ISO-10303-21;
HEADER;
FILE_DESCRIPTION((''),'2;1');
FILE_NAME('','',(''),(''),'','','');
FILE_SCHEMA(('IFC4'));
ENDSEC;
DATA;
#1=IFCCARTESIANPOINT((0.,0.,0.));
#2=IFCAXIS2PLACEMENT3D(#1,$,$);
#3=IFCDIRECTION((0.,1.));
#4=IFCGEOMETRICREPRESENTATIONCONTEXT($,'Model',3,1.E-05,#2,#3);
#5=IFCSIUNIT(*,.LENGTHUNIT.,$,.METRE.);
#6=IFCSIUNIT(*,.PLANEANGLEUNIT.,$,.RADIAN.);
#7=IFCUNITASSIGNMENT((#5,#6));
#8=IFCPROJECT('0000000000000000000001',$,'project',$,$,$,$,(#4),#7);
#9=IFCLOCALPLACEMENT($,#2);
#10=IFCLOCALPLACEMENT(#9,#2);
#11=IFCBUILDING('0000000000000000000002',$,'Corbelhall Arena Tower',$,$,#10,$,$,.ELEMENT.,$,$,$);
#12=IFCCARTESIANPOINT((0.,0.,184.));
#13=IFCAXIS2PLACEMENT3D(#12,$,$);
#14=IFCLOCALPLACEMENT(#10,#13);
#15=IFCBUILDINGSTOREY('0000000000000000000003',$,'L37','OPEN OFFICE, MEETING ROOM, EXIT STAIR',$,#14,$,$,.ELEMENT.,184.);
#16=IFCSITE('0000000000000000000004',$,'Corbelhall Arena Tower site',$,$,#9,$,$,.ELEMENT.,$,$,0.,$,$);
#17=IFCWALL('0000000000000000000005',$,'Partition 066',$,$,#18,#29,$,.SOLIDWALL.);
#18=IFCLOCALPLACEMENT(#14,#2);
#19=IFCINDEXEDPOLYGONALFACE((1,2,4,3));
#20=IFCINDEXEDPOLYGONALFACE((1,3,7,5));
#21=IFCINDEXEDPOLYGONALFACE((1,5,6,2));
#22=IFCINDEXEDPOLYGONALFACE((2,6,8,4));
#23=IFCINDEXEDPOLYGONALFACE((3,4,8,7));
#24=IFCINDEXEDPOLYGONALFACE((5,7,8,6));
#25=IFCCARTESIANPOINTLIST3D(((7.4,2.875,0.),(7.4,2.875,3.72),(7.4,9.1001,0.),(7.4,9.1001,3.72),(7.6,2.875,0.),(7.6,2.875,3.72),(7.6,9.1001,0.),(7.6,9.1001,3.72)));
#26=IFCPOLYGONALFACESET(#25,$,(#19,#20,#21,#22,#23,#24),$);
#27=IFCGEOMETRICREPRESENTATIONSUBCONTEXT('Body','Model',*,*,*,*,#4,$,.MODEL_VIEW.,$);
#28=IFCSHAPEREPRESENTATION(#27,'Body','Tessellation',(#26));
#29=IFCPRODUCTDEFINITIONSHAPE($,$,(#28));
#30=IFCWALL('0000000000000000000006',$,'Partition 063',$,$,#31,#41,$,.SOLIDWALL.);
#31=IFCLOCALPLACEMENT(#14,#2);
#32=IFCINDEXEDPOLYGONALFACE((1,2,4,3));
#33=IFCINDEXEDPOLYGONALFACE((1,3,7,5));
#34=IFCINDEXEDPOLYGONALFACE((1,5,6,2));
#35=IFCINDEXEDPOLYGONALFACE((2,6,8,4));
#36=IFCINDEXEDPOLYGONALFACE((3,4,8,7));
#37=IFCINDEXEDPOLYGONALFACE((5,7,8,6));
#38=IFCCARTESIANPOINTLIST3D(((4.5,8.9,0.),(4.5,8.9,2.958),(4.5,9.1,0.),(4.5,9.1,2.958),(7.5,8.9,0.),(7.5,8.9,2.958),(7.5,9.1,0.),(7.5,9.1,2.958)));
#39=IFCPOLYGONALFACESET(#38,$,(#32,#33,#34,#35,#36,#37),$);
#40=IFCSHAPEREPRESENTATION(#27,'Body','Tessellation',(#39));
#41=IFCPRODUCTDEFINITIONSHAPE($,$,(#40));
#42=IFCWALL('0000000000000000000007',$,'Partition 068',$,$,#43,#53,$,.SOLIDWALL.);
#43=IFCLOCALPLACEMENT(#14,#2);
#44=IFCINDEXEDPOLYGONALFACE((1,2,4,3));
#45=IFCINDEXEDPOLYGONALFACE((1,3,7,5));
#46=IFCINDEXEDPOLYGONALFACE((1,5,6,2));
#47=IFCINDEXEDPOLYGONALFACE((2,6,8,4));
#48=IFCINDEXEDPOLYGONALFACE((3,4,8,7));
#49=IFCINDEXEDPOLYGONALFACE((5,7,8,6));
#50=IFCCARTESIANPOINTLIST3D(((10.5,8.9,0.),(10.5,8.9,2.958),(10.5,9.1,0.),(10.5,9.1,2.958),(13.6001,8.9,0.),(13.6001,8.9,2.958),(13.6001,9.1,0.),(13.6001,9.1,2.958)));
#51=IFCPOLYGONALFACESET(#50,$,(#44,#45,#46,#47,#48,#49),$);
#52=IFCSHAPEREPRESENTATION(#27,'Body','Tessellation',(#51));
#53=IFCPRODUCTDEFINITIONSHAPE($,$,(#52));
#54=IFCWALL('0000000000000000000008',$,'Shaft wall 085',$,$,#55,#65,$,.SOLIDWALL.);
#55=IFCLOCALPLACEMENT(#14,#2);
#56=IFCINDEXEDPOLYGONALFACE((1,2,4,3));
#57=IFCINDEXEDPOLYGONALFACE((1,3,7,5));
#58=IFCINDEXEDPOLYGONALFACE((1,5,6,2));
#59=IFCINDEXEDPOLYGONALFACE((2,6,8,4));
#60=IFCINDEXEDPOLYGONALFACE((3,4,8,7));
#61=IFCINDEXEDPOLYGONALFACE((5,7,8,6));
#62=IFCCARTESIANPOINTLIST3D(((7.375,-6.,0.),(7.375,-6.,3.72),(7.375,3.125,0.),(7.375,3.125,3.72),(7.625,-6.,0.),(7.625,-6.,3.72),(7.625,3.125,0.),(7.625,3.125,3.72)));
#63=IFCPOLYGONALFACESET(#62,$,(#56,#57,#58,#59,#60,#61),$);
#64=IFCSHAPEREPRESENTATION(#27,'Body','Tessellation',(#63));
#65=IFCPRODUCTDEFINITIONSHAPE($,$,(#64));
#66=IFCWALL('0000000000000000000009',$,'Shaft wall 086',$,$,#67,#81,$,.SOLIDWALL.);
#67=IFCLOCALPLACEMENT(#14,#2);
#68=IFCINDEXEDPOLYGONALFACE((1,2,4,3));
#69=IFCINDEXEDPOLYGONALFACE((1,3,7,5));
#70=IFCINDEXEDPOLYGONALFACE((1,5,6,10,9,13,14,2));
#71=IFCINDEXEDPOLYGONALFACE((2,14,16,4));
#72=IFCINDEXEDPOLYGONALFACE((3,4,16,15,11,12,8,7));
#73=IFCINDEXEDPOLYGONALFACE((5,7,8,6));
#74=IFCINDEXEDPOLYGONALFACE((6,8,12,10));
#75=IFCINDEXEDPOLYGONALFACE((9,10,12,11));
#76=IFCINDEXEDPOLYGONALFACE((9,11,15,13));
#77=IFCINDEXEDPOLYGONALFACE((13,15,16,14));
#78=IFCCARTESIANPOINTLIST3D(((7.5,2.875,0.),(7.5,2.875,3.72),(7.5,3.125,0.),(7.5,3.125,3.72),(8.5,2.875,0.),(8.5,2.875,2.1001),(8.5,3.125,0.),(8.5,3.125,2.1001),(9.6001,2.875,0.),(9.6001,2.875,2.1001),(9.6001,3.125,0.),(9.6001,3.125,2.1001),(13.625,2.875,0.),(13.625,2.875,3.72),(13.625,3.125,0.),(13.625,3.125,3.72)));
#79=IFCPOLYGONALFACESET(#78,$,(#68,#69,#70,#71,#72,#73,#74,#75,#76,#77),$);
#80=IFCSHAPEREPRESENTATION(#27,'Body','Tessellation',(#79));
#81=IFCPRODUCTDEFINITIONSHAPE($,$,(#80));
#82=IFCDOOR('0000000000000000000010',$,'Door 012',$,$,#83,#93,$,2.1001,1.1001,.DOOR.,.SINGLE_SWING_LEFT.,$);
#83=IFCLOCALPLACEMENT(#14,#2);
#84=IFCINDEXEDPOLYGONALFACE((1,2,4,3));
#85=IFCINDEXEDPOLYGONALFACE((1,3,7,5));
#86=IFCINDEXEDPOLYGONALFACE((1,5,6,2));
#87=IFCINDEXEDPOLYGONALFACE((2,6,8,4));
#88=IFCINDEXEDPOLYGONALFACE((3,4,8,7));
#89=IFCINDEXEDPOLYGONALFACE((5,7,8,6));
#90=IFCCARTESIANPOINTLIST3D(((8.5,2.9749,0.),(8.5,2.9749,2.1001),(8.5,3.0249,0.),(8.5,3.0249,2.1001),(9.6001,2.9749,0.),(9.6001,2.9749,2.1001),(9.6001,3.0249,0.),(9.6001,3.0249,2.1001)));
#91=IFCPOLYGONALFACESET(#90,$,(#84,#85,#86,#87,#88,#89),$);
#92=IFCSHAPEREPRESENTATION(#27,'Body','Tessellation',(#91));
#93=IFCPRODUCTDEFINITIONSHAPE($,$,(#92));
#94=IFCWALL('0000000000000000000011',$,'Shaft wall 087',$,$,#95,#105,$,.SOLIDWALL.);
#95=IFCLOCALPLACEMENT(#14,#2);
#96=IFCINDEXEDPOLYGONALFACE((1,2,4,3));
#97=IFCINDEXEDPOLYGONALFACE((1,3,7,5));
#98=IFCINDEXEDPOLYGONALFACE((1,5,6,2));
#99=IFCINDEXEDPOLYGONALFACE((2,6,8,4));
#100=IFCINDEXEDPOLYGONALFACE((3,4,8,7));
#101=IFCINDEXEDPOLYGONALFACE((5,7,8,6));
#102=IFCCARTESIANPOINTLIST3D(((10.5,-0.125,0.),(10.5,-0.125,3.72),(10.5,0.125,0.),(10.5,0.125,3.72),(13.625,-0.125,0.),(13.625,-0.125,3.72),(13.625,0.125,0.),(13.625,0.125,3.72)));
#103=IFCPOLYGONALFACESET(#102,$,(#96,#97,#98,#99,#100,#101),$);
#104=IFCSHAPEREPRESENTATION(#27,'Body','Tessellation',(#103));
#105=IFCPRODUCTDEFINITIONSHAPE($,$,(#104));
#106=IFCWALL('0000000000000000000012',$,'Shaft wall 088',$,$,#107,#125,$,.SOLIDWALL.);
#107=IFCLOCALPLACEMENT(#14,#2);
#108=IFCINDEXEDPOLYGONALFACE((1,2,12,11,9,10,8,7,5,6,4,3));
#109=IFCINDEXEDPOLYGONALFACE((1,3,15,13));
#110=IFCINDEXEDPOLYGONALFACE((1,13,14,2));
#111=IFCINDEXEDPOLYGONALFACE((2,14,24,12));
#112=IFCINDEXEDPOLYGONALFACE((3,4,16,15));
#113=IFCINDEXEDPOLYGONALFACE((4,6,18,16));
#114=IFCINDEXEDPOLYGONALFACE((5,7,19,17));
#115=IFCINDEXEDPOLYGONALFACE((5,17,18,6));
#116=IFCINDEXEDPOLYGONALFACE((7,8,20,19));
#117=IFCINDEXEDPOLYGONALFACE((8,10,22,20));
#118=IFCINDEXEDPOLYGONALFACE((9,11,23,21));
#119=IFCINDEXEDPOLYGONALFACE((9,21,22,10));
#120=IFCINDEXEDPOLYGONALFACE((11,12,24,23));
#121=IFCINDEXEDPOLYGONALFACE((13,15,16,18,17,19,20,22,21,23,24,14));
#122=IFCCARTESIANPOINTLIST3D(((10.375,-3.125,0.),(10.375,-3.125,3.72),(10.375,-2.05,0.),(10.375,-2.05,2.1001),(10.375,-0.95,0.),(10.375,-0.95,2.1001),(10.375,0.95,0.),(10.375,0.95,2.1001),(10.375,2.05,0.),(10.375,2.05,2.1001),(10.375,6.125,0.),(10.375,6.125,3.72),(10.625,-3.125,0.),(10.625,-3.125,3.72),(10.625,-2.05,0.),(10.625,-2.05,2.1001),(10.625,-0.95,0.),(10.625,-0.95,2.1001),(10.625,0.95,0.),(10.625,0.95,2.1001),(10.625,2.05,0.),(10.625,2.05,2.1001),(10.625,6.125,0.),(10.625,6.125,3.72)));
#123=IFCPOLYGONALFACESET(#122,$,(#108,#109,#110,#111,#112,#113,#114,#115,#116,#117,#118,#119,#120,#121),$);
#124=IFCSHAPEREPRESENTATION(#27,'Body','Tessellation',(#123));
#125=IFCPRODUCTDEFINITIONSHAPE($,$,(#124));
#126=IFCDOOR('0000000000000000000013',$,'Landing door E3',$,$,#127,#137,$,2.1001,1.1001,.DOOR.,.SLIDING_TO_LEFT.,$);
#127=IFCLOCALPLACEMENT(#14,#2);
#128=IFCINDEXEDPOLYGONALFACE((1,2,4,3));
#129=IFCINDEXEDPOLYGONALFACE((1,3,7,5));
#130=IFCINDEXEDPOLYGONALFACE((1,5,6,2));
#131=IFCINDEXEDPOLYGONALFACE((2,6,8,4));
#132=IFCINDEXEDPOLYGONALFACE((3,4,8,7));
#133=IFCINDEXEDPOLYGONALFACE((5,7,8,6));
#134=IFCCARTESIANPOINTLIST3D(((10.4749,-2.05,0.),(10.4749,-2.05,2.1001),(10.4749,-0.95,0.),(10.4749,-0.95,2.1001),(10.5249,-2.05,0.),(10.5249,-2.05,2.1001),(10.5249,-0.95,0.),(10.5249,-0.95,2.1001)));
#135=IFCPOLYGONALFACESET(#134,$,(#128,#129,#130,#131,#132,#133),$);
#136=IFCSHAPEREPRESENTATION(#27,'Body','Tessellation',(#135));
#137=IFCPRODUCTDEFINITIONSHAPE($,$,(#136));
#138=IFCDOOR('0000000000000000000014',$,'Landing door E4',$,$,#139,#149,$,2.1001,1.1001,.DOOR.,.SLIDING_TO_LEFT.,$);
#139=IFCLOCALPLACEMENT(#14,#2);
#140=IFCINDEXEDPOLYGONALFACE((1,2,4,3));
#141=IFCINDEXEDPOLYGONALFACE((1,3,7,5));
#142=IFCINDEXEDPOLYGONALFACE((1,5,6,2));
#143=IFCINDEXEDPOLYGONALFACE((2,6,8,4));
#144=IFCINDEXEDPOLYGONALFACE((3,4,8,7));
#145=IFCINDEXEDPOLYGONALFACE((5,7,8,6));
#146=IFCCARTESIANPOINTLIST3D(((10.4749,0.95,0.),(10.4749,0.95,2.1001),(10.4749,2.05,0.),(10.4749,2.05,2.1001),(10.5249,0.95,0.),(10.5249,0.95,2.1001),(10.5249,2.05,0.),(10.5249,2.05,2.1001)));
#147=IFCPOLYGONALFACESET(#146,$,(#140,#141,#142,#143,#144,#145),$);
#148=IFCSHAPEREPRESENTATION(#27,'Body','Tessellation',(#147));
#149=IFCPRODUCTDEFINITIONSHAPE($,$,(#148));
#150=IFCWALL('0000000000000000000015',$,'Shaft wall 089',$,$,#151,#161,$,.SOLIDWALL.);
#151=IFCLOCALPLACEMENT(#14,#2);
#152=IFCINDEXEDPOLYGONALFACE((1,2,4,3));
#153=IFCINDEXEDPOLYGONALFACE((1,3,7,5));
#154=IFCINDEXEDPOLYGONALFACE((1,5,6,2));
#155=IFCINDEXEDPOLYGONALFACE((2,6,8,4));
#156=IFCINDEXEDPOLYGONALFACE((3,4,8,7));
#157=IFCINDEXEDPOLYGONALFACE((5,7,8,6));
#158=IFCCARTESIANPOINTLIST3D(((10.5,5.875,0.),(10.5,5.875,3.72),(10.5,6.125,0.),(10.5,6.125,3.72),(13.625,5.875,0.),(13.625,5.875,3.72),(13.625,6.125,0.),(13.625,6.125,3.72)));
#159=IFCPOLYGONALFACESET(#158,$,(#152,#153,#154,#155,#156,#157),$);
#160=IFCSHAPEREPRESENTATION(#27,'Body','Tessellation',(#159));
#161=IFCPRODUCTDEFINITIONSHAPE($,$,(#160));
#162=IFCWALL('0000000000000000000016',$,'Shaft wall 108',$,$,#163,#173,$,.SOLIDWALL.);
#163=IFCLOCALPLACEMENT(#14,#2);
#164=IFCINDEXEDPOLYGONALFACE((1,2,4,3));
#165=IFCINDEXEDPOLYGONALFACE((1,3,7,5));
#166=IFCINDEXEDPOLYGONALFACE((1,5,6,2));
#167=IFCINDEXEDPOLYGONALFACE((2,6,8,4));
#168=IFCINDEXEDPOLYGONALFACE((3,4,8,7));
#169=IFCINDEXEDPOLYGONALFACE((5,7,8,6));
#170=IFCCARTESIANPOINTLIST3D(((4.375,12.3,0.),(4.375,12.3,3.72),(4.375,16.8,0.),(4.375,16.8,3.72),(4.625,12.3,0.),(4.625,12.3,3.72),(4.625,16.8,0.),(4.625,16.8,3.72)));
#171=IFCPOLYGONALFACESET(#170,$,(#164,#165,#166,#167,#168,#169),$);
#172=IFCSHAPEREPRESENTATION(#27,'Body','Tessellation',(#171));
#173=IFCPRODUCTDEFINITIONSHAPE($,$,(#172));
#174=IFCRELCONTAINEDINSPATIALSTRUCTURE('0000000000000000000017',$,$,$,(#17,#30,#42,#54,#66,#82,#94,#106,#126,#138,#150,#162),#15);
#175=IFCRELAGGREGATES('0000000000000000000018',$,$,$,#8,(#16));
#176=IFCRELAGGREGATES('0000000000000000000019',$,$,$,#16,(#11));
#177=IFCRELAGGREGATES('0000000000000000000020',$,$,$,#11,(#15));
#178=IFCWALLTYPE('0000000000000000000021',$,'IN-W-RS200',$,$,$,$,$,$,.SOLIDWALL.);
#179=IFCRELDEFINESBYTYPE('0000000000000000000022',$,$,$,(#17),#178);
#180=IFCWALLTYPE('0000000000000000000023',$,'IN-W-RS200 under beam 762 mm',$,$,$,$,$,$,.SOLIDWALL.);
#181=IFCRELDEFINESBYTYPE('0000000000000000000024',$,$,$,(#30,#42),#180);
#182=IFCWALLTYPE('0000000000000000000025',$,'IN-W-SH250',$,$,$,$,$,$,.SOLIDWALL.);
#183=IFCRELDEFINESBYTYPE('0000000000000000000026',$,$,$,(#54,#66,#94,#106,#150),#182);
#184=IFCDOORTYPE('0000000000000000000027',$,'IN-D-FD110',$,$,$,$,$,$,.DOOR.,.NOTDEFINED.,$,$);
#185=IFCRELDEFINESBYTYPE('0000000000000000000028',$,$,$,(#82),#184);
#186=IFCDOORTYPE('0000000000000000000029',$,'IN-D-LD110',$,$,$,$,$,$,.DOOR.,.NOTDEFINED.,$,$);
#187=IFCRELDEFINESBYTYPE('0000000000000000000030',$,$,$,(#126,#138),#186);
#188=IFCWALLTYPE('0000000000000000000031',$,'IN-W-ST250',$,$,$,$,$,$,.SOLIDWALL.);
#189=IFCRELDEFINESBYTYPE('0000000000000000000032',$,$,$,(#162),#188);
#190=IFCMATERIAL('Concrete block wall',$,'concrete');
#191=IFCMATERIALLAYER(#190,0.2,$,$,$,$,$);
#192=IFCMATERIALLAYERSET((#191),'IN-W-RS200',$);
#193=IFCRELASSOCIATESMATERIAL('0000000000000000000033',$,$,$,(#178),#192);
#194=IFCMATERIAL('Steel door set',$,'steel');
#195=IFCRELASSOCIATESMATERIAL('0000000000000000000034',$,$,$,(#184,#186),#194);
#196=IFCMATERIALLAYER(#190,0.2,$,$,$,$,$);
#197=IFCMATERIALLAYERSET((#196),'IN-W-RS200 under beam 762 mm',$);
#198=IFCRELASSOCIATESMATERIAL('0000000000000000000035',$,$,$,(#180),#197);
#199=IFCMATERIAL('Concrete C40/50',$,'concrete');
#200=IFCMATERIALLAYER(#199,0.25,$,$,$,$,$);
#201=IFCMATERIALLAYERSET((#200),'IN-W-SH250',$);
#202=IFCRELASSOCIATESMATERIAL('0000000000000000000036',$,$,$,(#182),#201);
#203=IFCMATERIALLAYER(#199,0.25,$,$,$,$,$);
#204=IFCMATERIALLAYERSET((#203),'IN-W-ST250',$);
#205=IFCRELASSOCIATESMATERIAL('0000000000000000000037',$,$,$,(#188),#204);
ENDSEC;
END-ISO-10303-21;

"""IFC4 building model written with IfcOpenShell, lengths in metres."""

from ifc_helpers import new_model, si_unit, direction, frame, frame_2d, origin, place, context, subcontext, project, spatial, rectangle, extrude, material, layer, layer_set, type_object, element, fill, save


model = new_model("IFC4")

# Units and contexts
model_context = context("Model", 3, precision=1e-05, world=origin(), true_north=direction((0.0, 1.0)))
body_context = subcontext(model_context, "Body", "Model", "MODEL_VIEW")
ifc_project = project(units=[si_unit("LENGTHUNIT", "METRE"), si_unit("PLANEANGLEUNIT", "RADIAN")], contexts=[model_context])

# Site, building, storey
site_placement = place(None, origin())
site = spatial("IfcSite", under=ifc_project, at=site_placement, Name="Corbelhall Arena Tower site", CompositionType="ELEMENT", RefElevation=0.0)
building_placement = place(site_placement, origin())
building = spatial("IfcBuilding", under=site, at=building_placement, Name="Corbelhall Arena Tower", CompositionType="ELEMENT")
storey_placement = place(building_placement, frame((0.0, 0.0, 184.0)))
storey = spatial("IfcBuildingStorey", under=building, at=storey_placement, Name="L37", Description="OPEN OFFICE, MEETING ROOM, EXIT STAIR", CompositionType="ELEMENT", Elevation=184.0)

# Wall
ifc_material_1 = material(Name="Concrete block wall", Category="concrete")
ifc_layer_1 = layer(ifc_material_1, 0.2)
ifc_layer_set_1 = layer_set([ifc_layer_1], Name="IN-W-RS200")
wall_type_1 = type_object("IfcWallType", Name="IN-W-RS200", PredefinedType="SOLIDWALL", material=ifc_layer_set_1)
wall_1_placement = place(storey_placement, frame((7.5, 9.1001, 0.0), z_axis=(0.0, 0.0, 1.0), x_axis=(0.0, -1.0, 0.0)))
element("IfcWall", 1, at=wall_1_placement, inside=storey, type_object=wall_type_1, Name="Partition 066", PredefinedType="SOLIDWALL", context=body_context, shape_type="SweptSolid", body=[
    extrude(rectangle(XDim=6.2251, YDim=0.2, at=frame_2d((3.1125, 0.0))), origin(), (0.0, 0.0, 1.0), 3.72),
])

# Shared definitions
ifc_material_2 = material(Name="Steel door set", Category="steel")
door_type_1 = type_object("IfcDoorType", Name="IN-D-FD110", OperationType="NOTDEFINED", PredefinedType="DOOR", material=ifc_material_2)

# Walls
ifc_layer_2 = layer(ifc_material_1, 0.2)
ifc_layer_set_2 = layer_set([ifc_layer_2], Name="IN-W-RS200 under beam 762 mm")
wall_type_2 = type_object("IfcWallType", Name="IN-W-RS200 under beam 762 mm", PredefinedType="SOLIDWALL", material=ifc_layer_set_2)
wall_2_placement = place(storey_placement, frame((4.5, 9.0, 0.0), z_axis=(0.0, 0.0, 1.0), x_axis=(1.0, 0.0, 0.0)))
element("IfcWall", 2, at=wall_2_placement, inside=storey, type_object=wall_type_2, Name="Partition 063", PredefinedType="SOLIDWALL", context=body_context, shape_type="SweptSolid", body=[
    extrude(rectangle(XDim=3.0, YDim=0.2, at=frame_2d((1.5, 0.0))), origin(), (0.0, 0.0, 1.0), 2.958),
])
wall_3_placement = place(storey_placement, frame((10.5, 9.0, 0.0), z_axis=(0.0, 0.0, 1.0), x_axis=(1.0, 0.0, 0.0)))
element("IfcWall", 3, at=wall_3_placement, inside=storey, type_object=wall_type_2, Name="Partition 068", PredefinedType="SOLIDWALL", context=body_context, shape_type="SweptSolid", body=[
    extrude(rectangle(XDim=3.1001, YDim=0.2, at=frame_2d((1.55, 0.0))), origin(), (0.0, 0.0, 1.0), 2.958),
])
ifc_material_3 = material(Name="Concrete C40/50", Category="concrete")
ifc_layer_3 = layer(ifc_material_3, 0.25)
ifc_layer_set_3 = layer_set([ifc_layer_3], Name="IN-W-SH250")
wall_type_3 = type_object("IfcWallType", Name="IN-W-SH250", PredefinedType="SOLIDWALL", material=ifc_layer_set_3)
wall_4_placement = place(storey_placement, frame((7.5, 3.125, 0.0), z_axis=(0.0, 0.0, 1.0), x_axis=(0.0, -1.0, 0.0)))
element("IfcWall", 4, at=wall_4_placement, inside=storey, type_object=wall_type_3, Name="Shaft wall 085", PredefinedType="SOLIDWALL", context=body_context, shape_type="SweptSolid", body=[
    extrude(rectangle(XDim=9.125, YDim=0.25, at=frame_2d((4.5625, 0.0))), origin(), (0.0, 0.0, 1.0), 3.72),
])

# Wall, opening, door
wall_5_placement = place(storey_placement, frame((7.5, 3.0, 0.0), z_axis=(0.0, 0.0, 1.0), x_axis=(1.0, 0.0, 0.0)))
wall_5 = element("IfcWall", 5, at=wall_5_placement, inside=storey, type_object=wall_type_3, Name="Shaft wall 086", PredefinedType="SOLIDWALL", context=body_context, shape_type="SweptSolid", body=[
    extrude(rectangle(XDim=6.125, YDim=0.25, at=frame_2d((3.0625, 0.0))), origin(), (0.0, 0.0, 1.0), 3.72),
])
opening_1_placement = place(wall_5_placement, frame((1.0, 0.0, 0.0)))
opening_1 = element("IfcOpeningElement", 6, at=opening_1_placement, cuts=wall_5, PredefinedType="OPENING", context=body_context, shape_type="SweptSolid", body=[
    extrude(rectangle(XDim=1.1001, YDim=2.1001, at=frame_2d((0.55, 1.05))), frame((0.0, 0.125, 0.0), z_axis=(0.0, -1.0, 0.0), x_axis=(1.0, 0.0, 0.0)), (0.0, 0.0, 1.0), 0.25),
])
door_1_placement = place(opening_1_placement, origin())
door_1 = element("IfcDoor", 7, at=door_1_placement, inside=storey, type_object=door_type_1, Name="Door 012", OperationType="SINGLE_SWING_LEFT", OverallHeight=2.1001, OverallWidth=1.1001, PredefinedType="DOOR", context=body_context, shape_type="SweptSolid", body=[
    extrude(rectangle(XDim=1.1001, YDim=2.1001, at=frame_2d((0.55, 1.05))), frame((0.0, 0.0249, 0.0), z_axis=(0.0, -1.0, 0.0), x_axis=(1.0, 0.0, 0.0)), (0.0, 0.0, 1.0), 0.05),
])
fill(opening_1, door_1)

# Wall
wall_6_placement = place(storey_placement, frame((10.5, 0.0, 0.0), z_axis=(0.0, 0.0, 1.0), x_axis=(1.0, 0.0, 0.0)))
element("IfcWall", 8, at=wall_6_placement, inside=storey, type_object=wall_type_3, Name="Shaft wall 087", PredefinedType="SOLIDWALL", context=body_context, shape_type="SweptSolid", body=[
    extrude(rectangle(XDim=3.125, YDim=0.25, at=frame_2d((1.5625, 0.0))), origin(), (0.0, 0.0, 1.0), 3.72),
])

# Wall, openings, doors
wall_7_placement = place(storey_placement, frame((10.5, 6.125, 0.0), z_axis=(0.0, 0.0, 1.0), x_axis=(0.0, -1.0, 0.0)))
wall_7 = element("IfcWall", 9, at=wall_7_placement, inside=storey, type_object=wall_type_3, Name="Shaft wall 088", PredefinedType="SOLIDWALL", context=body_context, shape_type="SweptSolid", body=[
    extrude(rectangle(XDim=9.25, YDim=0.25, at=frame_2d((4.625, 0.0))), origin(), (0.0, 0.0, 1.0), 3.72),
])
opening_2_placement = place(wall_7_placement, frame((7.075, 0.0, 0.0)))
opening_2 = element("IfcOpeningElement", 10, at=opening_2_placement, cuts=wall_7, PredefinedType="OPENING", context=body_context, shape_type="SweptSolid", body=[
    extrude(rectangle(XDim=1.1001, YDim=2.1001, at=frame_2d((0.55, 1.05))), frame((0.0, 0.125, 0.0), z_axis=(0.0, -1.0, 0.0), x_axis=(1.0, 0.0, 0.0)), (0.0, 0.0, 1.0), 0.25),
])
opening_3_placement = place(wall_7_placement, frame((4.075, 0.0, 0.0)))
opening_3 = element("IfcOpeningElement", 11, at=opening_3_placement, cuts=wall_7, PredefinedType="OPENING", context=body_context, shape_type="SweptSolid", body=[
    extrude(rectangle(XDim=1.1001, YDim=2.1001, at=frame_2d((0.55, 1.05))), frame((0.0, 0.125, 0.0), z_axis=(0.0, -1.0, 0.0), x_axis=(1.0, 0.0, 0.0)), (0.0, 0.0, 1.0), 0.25),
])
door_type_2 = type_object("IfcDoorType", Name="IN-D-LD110", OperationType="NOTDEFINED", PredefinedType="DOOR", material=ifc_material_2)
door_2_placement = place(opening_2_placement, origin())
door_2 = element("IfcDoor", 12, at=door_2_placement, inside=storey, type_object=door_type_2, Name="Landing door E3", OperationType="SLIDING_TO_LEFT", OverallHeight=2.1001, OverallWidth=1.1001, PredefinedType="DOOR", context=body_context, shape_type="SweptSolid", body=[
    extrude(rectangle(XDim=1.1001, YDim=2.1001, at=frame_2d((0.55, 1.05))), frame((0.0, 0.0249, 0.0), z_axis=(0.0, -1.0, 0.0), x_axis=(1.0, 0.0, 0.0)), (0.0, 0.0, 1.0), 0.05),
])
fill(opening_2, door_2)
door_3_placement = place(opening_3_placement, origin())
door_3 = element("IfcDoor", 13, at=door_3_placement, inside=storey, type_object=door_type_2, Name="Landing door E4", OperationType="SLIDING_TO_LEFT", OverallHeight=2.1001, OverallWidth=1.1001, PredefinedType="DOOR", context=body_context, shape_type="SweptSolid", body=[
    extrude(rectangle(XDim=1.1001, YDim=2.1001, at=frame_2d((0.55, 1.05))), frame((0.0, 0.0249, 0.0), z_axis=(0.0, -1.0, 0.0), x_axis=(1.0, 0.0, 0.0)), (0.0, 0.0, 1.0), 0.05),
])
fill(opening_3, door_3)

# Walls
wall_8_placement = place(storey_placement, frame((10.5, 6.0, 0.0), z_axis=(0.0, 0.0, 1.0), x_axis=(1.0, 0.0, 0.0)))
element("IfcWall", 14, at=wall_8_placement, inside=storey, type_object=wall_type_3, Name="Shaft wall 089", PredefinedType="SOLIDWALL", context=body_context, shape_type="SweptSolid", body=[
    extrude(rectangle(XDim=3.125, YDim=0.25, at=frame_2d((1.5625, 0.0))), origin(), (0.0, 0.0, 1.0), 3.72),
])
ifc_layer_4 = layer(ifc_material_3, 0.25)
ifc_layer_set_4 = layer_set([ifc_layer_4], Name="IN-W-ST250")
wall_type_4 = type_object("IfcWallType", Name="IN-W-ST250", PredefinedType="SOLIDWALL", material=ifc_layer_set_4)
wall_9_placement = place(storey_placement, frame((4.5, 12.3, 0.0), z_axis=(0.0, 0.0, 1.0), x_axis=(0.0, 1.0, 0.0)))
element("IfcWall", 15, at=wall_9_placement, inside=storey, type_object=wall_type_4, Name="Shaft wall 108", PredefinedType="SOLIDWALL", context=body_context, shape_type="SweptSolid", body=[
    extrude(rectangle(XDim=4.5, YDim=0.25, at=frame_2d((2.25, 0.0))), origin(), (0.0, 0.0, 1.0), 3.72),
])

save(model, "model.ifc")
